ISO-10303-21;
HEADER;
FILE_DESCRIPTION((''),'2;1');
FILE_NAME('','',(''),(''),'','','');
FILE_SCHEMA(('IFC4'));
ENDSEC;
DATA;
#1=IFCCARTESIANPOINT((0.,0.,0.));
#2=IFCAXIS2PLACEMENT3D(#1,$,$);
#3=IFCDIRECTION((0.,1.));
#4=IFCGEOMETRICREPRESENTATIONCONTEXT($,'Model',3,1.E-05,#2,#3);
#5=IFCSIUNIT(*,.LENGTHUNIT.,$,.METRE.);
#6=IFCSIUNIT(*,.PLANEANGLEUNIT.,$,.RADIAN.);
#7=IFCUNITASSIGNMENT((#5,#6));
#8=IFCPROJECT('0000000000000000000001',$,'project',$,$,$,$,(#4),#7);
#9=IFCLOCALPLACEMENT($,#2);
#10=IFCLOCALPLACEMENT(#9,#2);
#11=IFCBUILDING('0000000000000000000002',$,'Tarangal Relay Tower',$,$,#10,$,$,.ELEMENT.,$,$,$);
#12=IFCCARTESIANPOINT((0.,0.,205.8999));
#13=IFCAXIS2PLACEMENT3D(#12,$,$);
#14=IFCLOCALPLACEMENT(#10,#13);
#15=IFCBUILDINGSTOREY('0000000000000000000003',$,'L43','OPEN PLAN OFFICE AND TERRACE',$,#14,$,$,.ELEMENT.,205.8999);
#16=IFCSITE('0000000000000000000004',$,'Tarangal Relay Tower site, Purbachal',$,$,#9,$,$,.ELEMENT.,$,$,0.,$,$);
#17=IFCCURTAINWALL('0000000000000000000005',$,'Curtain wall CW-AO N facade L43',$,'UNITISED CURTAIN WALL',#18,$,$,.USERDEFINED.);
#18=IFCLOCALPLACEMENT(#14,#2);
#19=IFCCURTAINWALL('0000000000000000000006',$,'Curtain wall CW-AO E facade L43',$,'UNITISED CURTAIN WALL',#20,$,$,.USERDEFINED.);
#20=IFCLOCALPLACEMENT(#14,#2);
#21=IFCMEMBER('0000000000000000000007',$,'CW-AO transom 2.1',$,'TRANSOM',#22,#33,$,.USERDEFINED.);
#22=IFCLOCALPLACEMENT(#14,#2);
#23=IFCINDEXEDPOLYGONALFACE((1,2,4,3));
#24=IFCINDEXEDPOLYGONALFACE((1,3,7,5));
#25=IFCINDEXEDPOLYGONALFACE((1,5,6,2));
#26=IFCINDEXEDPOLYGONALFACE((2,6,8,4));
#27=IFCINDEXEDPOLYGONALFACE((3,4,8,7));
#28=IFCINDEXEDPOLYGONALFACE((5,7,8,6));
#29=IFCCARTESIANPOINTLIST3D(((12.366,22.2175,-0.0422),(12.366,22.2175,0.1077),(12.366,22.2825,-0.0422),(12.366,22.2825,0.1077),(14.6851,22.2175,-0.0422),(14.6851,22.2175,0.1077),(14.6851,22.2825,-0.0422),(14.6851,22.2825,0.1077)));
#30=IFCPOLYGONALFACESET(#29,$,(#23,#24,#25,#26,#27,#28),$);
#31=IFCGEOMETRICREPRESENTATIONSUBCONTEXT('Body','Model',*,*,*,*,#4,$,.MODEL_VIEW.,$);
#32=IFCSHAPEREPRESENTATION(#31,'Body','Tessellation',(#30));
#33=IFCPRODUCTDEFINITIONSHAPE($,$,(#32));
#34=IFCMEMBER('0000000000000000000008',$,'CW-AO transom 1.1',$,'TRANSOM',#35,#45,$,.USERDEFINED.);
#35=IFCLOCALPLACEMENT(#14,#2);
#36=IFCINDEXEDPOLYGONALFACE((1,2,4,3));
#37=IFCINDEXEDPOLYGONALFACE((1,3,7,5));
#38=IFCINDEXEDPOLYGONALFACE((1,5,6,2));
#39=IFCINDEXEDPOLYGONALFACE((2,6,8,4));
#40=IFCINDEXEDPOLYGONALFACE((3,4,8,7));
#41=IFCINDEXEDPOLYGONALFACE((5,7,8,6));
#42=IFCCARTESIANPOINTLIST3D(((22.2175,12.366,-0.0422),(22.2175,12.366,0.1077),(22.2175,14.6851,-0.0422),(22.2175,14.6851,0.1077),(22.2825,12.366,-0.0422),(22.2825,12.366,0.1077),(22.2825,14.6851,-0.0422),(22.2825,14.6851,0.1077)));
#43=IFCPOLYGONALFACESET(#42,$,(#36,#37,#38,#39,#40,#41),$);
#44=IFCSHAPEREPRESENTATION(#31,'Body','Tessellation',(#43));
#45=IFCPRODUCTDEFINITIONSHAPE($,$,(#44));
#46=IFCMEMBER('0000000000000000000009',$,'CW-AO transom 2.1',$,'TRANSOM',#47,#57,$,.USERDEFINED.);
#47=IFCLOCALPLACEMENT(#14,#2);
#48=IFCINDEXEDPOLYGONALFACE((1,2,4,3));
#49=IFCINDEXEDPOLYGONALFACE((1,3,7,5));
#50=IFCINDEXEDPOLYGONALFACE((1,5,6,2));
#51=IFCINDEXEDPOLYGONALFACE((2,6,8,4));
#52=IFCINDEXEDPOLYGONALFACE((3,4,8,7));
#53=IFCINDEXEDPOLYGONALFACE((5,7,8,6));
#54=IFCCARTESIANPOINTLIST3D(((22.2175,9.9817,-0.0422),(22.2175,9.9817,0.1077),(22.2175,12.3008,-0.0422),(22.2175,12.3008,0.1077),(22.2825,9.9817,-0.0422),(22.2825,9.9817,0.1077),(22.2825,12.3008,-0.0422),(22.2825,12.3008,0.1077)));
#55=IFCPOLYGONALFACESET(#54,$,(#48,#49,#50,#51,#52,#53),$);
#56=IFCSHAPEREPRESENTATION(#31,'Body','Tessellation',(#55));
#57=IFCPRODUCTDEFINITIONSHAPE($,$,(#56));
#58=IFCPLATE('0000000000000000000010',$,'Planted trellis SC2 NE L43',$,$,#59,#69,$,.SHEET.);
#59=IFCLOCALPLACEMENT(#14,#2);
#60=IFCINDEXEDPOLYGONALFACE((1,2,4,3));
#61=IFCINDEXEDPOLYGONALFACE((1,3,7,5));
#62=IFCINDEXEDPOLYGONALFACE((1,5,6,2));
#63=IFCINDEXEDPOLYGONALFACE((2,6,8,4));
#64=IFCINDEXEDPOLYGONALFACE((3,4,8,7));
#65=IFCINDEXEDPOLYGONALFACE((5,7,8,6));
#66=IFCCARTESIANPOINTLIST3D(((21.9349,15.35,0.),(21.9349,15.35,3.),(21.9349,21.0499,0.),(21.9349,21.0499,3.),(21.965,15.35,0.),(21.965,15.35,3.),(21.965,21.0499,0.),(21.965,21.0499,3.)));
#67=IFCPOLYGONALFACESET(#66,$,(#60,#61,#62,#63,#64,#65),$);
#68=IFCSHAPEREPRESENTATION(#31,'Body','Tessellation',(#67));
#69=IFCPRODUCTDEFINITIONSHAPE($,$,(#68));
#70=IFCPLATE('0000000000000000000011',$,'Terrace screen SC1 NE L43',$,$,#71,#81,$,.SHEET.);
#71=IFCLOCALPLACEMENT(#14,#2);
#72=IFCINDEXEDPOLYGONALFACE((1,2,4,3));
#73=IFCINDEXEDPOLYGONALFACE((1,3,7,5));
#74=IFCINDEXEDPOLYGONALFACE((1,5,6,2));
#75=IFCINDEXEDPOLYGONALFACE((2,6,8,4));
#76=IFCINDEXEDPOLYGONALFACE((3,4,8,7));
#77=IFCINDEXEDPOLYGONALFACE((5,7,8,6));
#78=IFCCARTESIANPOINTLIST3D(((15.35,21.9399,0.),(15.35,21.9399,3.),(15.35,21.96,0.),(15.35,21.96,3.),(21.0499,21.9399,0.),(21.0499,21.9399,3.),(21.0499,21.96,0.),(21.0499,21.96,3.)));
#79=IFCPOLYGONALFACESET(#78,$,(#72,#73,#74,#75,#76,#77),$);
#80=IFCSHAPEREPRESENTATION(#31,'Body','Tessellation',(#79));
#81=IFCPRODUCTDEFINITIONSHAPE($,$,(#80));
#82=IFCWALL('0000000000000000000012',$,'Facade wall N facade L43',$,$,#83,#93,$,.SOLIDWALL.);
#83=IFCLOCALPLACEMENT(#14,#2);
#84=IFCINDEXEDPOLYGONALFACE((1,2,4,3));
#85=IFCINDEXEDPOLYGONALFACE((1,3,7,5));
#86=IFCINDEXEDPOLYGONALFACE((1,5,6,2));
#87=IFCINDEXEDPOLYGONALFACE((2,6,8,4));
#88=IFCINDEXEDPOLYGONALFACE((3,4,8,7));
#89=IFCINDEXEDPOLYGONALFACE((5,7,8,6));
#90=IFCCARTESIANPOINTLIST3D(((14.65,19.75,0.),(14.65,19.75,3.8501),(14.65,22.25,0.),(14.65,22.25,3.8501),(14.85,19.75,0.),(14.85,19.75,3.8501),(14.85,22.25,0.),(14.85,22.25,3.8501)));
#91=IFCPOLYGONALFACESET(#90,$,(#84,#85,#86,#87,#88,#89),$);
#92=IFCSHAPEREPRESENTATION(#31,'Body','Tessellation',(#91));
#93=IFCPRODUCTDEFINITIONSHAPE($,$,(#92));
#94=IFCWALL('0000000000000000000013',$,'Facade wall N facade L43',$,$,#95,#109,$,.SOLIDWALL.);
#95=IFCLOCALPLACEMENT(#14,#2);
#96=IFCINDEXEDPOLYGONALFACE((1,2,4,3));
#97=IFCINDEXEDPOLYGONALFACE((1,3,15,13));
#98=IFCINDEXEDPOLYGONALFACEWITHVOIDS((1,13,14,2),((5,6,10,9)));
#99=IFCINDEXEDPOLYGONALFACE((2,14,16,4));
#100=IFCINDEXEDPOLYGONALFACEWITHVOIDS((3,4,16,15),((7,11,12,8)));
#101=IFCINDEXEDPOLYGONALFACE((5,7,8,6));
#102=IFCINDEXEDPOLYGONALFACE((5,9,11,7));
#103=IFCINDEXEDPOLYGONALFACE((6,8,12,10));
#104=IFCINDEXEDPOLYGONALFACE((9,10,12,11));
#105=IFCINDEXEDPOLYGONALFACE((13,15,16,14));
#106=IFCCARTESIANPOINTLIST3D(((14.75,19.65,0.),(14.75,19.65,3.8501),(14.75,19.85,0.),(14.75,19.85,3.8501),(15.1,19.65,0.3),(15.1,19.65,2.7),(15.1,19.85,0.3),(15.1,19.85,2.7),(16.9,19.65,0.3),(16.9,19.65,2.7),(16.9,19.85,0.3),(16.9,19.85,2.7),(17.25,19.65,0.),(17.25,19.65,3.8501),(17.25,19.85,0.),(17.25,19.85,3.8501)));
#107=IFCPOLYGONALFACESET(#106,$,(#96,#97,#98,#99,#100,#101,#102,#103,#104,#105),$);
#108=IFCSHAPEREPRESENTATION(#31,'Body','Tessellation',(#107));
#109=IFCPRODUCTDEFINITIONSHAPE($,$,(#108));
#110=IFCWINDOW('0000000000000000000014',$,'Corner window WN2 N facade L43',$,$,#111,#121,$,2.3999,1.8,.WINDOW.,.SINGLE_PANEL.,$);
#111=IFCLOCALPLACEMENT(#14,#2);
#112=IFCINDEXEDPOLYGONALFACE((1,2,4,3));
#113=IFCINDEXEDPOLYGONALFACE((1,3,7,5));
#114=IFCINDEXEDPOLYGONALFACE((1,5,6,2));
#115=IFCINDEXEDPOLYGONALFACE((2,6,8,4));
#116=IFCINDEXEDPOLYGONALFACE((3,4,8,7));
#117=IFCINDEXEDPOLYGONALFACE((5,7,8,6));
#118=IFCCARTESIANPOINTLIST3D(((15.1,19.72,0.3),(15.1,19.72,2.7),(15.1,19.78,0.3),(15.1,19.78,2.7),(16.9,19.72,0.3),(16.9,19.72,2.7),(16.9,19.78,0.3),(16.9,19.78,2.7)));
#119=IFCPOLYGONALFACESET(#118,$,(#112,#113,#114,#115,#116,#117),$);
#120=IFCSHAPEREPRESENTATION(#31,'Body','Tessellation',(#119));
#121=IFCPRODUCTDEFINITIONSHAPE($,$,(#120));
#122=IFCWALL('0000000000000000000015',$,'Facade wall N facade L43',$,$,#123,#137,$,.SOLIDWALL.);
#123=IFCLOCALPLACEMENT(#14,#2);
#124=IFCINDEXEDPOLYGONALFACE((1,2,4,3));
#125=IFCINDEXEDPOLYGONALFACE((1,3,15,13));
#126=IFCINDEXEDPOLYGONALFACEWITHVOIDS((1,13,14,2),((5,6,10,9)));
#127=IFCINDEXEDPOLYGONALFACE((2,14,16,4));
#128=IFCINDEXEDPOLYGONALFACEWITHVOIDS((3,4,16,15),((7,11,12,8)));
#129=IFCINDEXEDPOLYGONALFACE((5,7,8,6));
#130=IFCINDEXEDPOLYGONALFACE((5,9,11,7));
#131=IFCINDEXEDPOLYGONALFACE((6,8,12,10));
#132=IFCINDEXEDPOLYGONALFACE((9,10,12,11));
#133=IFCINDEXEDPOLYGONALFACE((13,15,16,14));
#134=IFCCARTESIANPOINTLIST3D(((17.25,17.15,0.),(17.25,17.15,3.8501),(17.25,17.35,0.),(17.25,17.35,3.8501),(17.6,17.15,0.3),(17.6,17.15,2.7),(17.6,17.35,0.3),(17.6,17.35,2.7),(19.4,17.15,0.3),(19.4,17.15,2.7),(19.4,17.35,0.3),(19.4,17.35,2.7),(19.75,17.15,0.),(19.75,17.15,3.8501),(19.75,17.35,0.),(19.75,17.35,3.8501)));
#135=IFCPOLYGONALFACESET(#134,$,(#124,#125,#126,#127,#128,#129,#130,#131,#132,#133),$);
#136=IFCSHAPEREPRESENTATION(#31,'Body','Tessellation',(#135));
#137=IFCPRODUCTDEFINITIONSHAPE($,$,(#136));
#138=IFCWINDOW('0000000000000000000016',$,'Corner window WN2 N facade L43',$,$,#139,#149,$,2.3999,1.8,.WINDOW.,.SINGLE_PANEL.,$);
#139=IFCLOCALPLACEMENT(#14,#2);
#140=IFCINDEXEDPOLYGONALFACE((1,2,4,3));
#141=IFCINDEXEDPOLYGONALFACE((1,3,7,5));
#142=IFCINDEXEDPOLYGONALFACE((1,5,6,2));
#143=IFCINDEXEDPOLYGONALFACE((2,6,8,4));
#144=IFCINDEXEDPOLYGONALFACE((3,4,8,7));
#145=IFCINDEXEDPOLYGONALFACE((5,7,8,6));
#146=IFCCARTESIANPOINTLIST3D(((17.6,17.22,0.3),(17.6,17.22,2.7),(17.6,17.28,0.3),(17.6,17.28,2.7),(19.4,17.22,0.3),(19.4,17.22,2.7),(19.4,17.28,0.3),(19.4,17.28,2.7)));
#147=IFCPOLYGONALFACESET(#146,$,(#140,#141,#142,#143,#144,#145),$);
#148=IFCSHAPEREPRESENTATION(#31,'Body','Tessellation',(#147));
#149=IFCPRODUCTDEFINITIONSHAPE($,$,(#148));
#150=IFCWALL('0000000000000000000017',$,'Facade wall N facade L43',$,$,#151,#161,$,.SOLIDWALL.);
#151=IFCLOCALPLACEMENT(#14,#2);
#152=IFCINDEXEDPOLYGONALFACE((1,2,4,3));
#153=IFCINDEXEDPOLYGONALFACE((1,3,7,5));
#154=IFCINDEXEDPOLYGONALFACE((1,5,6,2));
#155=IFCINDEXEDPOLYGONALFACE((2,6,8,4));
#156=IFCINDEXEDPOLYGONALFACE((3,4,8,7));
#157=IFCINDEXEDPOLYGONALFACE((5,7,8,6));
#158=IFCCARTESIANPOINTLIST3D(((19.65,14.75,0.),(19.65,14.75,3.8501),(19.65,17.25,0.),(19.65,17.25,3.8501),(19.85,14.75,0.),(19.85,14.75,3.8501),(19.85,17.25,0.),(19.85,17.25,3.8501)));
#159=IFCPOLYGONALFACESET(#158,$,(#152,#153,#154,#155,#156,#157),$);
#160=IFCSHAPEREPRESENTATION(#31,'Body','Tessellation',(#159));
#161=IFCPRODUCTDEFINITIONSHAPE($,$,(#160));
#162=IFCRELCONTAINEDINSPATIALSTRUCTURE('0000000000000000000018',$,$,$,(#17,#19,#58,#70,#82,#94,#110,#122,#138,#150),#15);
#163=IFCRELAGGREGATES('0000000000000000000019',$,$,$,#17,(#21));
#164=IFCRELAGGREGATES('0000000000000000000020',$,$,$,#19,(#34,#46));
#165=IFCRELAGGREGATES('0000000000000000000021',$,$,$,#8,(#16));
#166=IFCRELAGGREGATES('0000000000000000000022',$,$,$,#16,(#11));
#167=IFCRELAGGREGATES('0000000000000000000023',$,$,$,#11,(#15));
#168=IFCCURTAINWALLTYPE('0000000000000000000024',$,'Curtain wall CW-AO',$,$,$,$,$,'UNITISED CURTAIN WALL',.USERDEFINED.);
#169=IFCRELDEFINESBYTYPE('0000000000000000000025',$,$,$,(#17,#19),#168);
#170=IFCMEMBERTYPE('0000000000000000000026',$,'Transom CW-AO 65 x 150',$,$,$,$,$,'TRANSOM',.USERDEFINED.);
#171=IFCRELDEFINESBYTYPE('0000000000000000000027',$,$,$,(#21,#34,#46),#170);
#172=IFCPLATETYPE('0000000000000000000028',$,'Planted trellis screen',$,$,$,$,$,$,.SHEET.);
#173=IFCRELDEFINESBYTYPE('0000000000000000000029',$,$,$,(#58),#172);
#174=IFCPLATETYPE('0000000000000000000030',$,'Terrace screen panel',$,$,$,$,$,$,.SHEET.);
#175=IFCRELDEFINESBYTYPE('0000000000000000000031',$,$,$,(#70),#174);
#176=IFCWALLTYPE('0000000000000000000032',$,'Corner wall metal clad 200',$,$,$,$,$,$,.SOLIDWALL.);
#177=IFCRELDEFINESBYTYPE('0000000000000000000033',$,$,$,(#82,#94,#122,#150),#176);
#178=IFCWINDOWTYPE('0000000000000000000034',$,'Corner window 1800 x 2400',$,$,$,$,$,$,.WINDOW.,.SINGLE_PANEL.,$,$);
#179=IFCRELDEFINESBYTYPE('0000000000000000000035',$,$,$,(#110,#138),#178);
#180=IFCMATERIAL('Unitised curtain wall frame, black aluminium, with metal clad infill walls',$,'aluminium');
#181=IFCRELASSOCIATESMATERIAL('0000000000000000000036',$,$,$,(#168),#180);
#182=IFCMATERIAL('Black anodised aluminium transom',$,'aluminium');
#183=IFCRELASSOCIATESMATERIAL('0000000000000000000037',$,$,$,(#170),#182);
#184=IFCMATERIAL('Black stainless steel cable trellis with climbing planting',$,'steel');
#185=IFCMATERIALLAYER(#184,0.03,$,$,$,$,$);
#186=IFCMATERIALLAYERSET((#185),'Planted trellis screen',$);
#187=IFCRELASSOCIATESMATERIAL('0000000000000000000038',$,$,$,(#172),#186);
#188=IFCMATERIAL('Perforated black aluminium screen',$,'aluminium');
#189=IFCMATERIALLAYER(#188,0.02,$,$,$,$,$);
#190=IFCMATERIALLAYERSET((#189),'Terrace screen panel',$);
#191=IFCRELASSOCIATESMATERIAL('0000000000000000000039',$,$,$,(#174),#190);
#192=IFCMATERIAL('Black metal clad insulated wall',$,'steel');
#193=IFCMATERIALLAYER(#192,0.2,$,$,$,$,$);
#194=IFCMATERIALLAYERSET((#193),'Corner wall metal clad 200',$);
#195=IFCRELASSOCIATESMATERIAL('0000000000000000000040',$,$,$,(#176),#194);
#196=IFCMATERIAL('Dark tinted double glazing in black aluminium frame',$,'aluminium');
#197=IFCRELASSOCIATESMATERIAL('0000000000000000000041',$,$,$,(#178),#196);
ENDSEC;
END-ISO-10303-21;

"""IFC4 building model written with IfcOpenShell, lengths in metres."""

from ifc_helpers import new_model, si_unit, direction, frame, frame_2d, origin, origin_2d, place, context, subcontext, project, spatial, rectangle, extrude, material, layer, layer_set, material_profile, profile_set, type_object, element, fill, aggregate, save


model = new_model("IFC4")

# Units and contexts
model_context = context("Model", 3, precision=1e-05, world=origin(), true_north=direction((0.0, 1.0)))
body_context = subcontext(model_context, "Body", "Model", "MODEL_VIEW")
ifc_project = project(units=[si_unit("LENGTHUNIT", "METRE"), si_unit("PLANEANGLEUNIT", "RADIAN")], contexts=[model_context])

# Site, building, storey
site_placement = place(None, origin())
site = spatial("IfcSite", under=ifc_project, at=site_placement, Name="Tarangal Relay Tower site, Purbachal", CompositionType="ELEMENT", RefElevation=0.0)
building_placement = place(site_placement, origin())
building = spatial("IfcBuilding", under=site, at=building_placement, Name="Tarangal Relay Tower", CompositionType="ELEMENT")
storey_placement = place(building_placement, frame((0.0, 0.0, 205.8999)))
storey = spatial("IfcBuildingStorey", under=building, at=storey_placement, Name="L43", Description="OPEN PLAN OFFICE AND TERRACE", CompositionType="ELEMENT", Elevation=205.8999)

# Curtain walls
ifc_material_1 = material(Name="Unitised curtain wall frame, black aluminium, with metal clad infill walls", Category="aluminium")
curtain_wall_type = type_object("IfcCurtainWallType", Name="Curtain wall CW-AO", ElementType="UNITISED CURTAIN WALL", PredefinedType="USERDEFINED", material=ifc_material_1)
curtain_wall_1_placement = place(storey_placement, origin())
curtain_wall_1 = element("IfcCurtainWall", 1, at=curtain_wall_1_placement, inside=storey, type_object=curtain_wall_type, Name="Curtain wall CW-AO N facade L43", ObjectType="UNITISED CURTAIN WALL", PredefinedType="USERDEFINED")
curtain_wall_2_placement = place(storey_placement, origin())
curtain_wall_2 = element("IfcCurtainWall", 2, at=curtain_wall_2_placement, inside=storey, type_object=curtain_wall_type, Name="Curtain wall CW-AO E facade L43", ObjectType="UNITISED CURTAIN WALL", PredefinedType="USERDEFINED")

# Members
ifc_material_2 = material(Name="Black anodised aluminium transom", Category="aluminium")
ifc_material_profile_1 = material_profile(ifc_material_2, rectangle(XDim=0.0649, YDim=0.1499, at=origin_2d()), Name="CW-AOT 65X150")
ifc_profile_set_1 = profile_set([ifc_material_profile_1], Name="Black anodised aluminium transom")
member_type_1 = type_object("IfcMemberType", Name="Transom CW-AO 65 x 150", ElementType="TRANSOM", PredefinedType="USERDEFINED", material=ifc_profile_set_1)
member_1_placement = place(storey_placement, frame((12.366, 22.25, 0.0327), z_axis=(1.0, 0.0, 0.0), x_axis=(0.0, 1.0, 0.0)))
member_1 = element("IfcMember", 3, at=member_1_placement, type_object=member_type_1, Name="CW-AO transom 2.1", ObjectType="TRANSOM", PredefinedType="USERDEFINED", context=body_context, shape_type="SweptSolid", body=[
    extrude(rectangle(XDim=0.0649, YDim=0.1499, at=origin_2d()), origin(), (0.0, 0.0, 1.0), 2.3191),
])
aggregate(curtain_wall_1, [member_1])
member_2_placement = place(storey_placement, frame((22.25, 14.6851, 0.0327), z_axis=(0.0, -1.0, 0.0), x_axis=(1.0, 0.0, 0.0)))
member_2 = element("IfcMember", 4, at=member_2_placement, type_object=member_type_1, Name="CW-AO transom 1.1", ObjectType="TRANSOM", PredefinedType="USERDEFINED", context=body_context, shape_type="SweptSolid", body=[
    extrude(rectangle(XDim=0.0649, YDim=0.1499, at=origin_2d()), origin(), (0.0, 0.0, 1.0), 2.3191),
])
member_3_placement = place(storey_placement, frame((22.25, 12.3008, 0.0327), z_axis=(0.0, -1.0, 0.0), x_axis=(1.0, 0.0, 0.0)))
member_3 = element("IfcMember", 5, at=member_3_placement, type_object=member_type_1, Name="CW-AO transom 2.1", ObjectType="TRANSOM", PredefinedType="USERDEFINED", context=body_context, shape_type="SweptSolid", body=[
    extrude(rectangle(XDim=0.0649, YDim=0.1499, at=origin_2d()), origin(), (0.0, 0.0, 1.0), 2.3191),
])
aggregate(curtain_wall_2, [member_2, member_3])

# Plates
ifc_material_3 = material(Name="Black stainless steel cable trellis with climbing planting", Category="steel")
ifc_layer_1 = layer(ifc_material_3, 0.03)
ifc_layer_set_1 = layer_set([ifc_layer_1], Name="Planted trellis screen")
plate_type_1 = type_object("IfcPlateType", Name="Planted trellis screen", PredefinedType="SHEET", material=ifc_layer_set_1)
plate_1_placement = place(storey_placement, frame((21.95, 18.2, 0.0), z_axis=(0.0, 0.0, 1.0), x_axis=(0.0, -1.0, 0.0)))
element("IfcPlate", 6, at=plate_1_placement, inside=storey, type_object=plate_type_1, Name="Planted trellis SC2 NE L43", PredefinedType="SHEET", context=body_context, shape_type="SweptSolid", body=[
    extrude(rectangle(XDim=5.7, YDim=0.03, at=origin_2d()), origin(), (0.0, 0.0, 1.0), 3.0),
])
ifc_material_4 = material(Name="Perforated black aluminium screen", Category="aluminium")
ifc_layer_2 = layer(ifc_material_4, 0.02)
ifc_layer_set_2 = layer_set([ifc_layer_2], Name="Terrace screen panel")
plate_type_2 = type_object("IfcPlateType", Name="Terrace screen panel", PredefinedType="SHEET", material=ifc_layer_set_2)
plate_2_placement = place(storey_placement, frame((18.2, 21.95, 0.0), z_axis=(0.0, 0.0, 1.0), x_axis=(1.0, 0.0, 0.0)))
element("IfcPlate", 7, at=plate_2_placement, inside=storey, type_object=plate_type_2, Name="Terrace screen SC1 NE L43", PredefinedType="SHEET", context=body_context, shape_type="SweptSolid", body=[
    extrude(rectangle(XDim=5.7, YDim=0.02, at=origin_2d()), origin(), (0.0, 0.0, 1.0), 3.0),
])

# Wall
ifc_material_5 = material(Name="Black metal clad insulated wall", Category="steel")
ifc_layer_3 = layer(ifc_material_5, 0.2)
ifc_layer_set_3 = layer_set([ifc_layer_3], Name="Corner wall metal clad 200")
wall_type_1 = type_object("IfcWallType", Name="Corner wall metal clad 200", PredefinedType="SOLIDWALL", material=ifc_layer_set_3)
wall_1_placement = place(storey_placement, frame((14.75, 22.25, 0.0), z_axis=(0.0, 0.0, 1.0), x_axis=(0.0, -1.0, 0.0)))
element("IfcWall", 8, at=wall_1_placement, inside=storey, type_object=wall_type_1, Name="Facade wall N facade L43", PredefinedType="SOLIDWALL", context=body_context, shape_type="SweptSolid", body=[
    extrude(rectangle(XDim=2.5, YDim=0.2, at=frame_2d((1.25, 0.0))), origin(), (0.0, 0.0, 1.0), 3.8501),
])

# Wall, opening, window
wall_2_placement = place(storey_placement, frame((14.75, 19.75, 0.0), z_axis=(0.0, 0.0, 1.0), x_axis=(1.0, 0.0, 0.0)))
wall_2 = element("IfcWall", 9, at=wall_2_placement, inside=storey, type_object=wall_type_1, Name="Facade wall N facade L43", PredefinedType="SOLIDWALL", context=body_context, shape_type="SweptSolid", body=[
    extrude(rectangle(XDim=2.5, YDim=0.2, at=frame_2d((1.25, 0.0))), origin(), (0.0, 0.0, 1.0), 3.8501),
])
opening_1_placement = place(wall_2_placement, frame((0.3501, 0.0, 0.3)))
opening_1 = element("IfcOpeningElement", 10, at=opening_1_placement, cuts=wall_2, PredefinedType="OPENING", context=body_context, shape_type="SweptSolid", body=[
    extrude(rectangle(XDim=1.8, YDim=2.3999, at=frame_2d((0.8999, 1.2))), frame((0.0, 0.1099, 0.0), z_axis=(0.0, -1.0, 0.0), x_axis=(1.0, 0.0, 0.0)), (0.0, 0.0, 1.0), 0.22),
])
ifc_material_6 = material(Name="Dark tinted double glazing in black aluminium frame", Category="aluminium")
window_type = type_object("IfcWindowType", Name="Corner window 1800 x 2400", PartitioningType="SINGLE_PANEL", PredefinedType="WINDOW", material=ifc_material_6)
window_1_placement = place(opening_1_placement, origin())
window_1 = element("IfcWindow", 11, at=window_1_placement, inside=storey, type_object=window_type, Name="Corner window WN2 N facade L43", OverallHeight=2.3999, OverallWidth=1.8, PartitioningType="SINGLE_PANEL", PredefinedType="WINDOW", context=body_context, shape_type="SweptSolid", body=[
    extrude(rectangle(XDim=1.8, YDim=2.3999, at=frame_2d((0.8999, 1.2))), frame((0.0, 0.03, 0.0), z_axis=(0.0, -1.0, 0.0), x_axis=(1.0, 0.0, 0.0)), (0.0, 0.0, 1.0), 0.0601),
])
fill(opening_1, window_1)

# Wall, opening, window
wall_3_placement = place(storey_placement, frame((17.25, 17.25, 0.0), z_axis=(0.0, 0.0, 1.0), x_axis=(1.0, 0.0, 0.0)))
wall_3 = element("IfcWall", 12, at=wall_3_placement, inside=storey, type_object=wall_type_1, Name="Facade wall N facade L43", PredefinedType="SOLIDWALL", context=body_context, shape_type="SweptSolid", body=[
    extrude(rectangle(XDim=2.5, YDim=0.2, at=frame_2d((1.25, 0.0))), origin(), (0.0, 0.0, 1.0), 3.8501),
])
opening_2_placement = place(wall_3_placement, frame((0.3501, 0.0, 0.3)))
opening_2 = element("IfcOpeningElement", 13, at=opening_2_placement, cuts=wall_3, PredefinedType="OPENING", context=body_context, shape_type="SweptSolid", body=[
    extrude(rectangle(XDim=1.8, YDim=2.3999, at=frame_2d((0.8999, 1.2))), frame((0.0, 0.1099, 0.0), z_axis=(0.0, -1.0, 0.0), x_axis=(1.0, 0.0, 0.0)), (0.0, 0.0, 1.0), 0.22),
])
window_2_placement = place(opening_2_placement, origin())
window_2 = element("IfcWindow", 14, at=window_2_placement, inside=storey, type_object=window_type, Name="Corner window WN2 N facade L43", OverallHeight=2.3999, OverallWidth=1.8, PartitioningType="SINGLE_PANEL", PredefinedType="WINDOW", context=body_context, shape_type="SweptSolid", body=[
    extrude(rectangle(XDim=1.8, YDim=2.3999, at=frame_2d((0.8999, 1.2))), frame((0.0, 0.03, 0.0), z_axis=(0.0, -1.0, 0.0), x_axis=(1.0, 0.0, 0.0)), (0.0, 0.0, 1.0), 0.0601),
])
fill(opening_2, window_2)

# Wall
wall_4_placement = place(storey_placement, frame((19.75, 17.25, 0.0), z_axis=(0.0, 0.0, 1.0), x_axis=(0.0, -1.0, 0.0)))
element("IfcWall", 15, at=wall_4_placement, inside=storey, type_object=wall_type_1, Name="Facade wall N facade L43", PredefinedType="SOLIDWALL", context=body_context, shape_type="SweptSolid", body=[
    extrude(rectangle(XDim=2.5, YDim=0.2, at=frame_2d((1.25, 0.0))), origin(), (0.0, 0.0, 1.0), 3.8501),
])

save(model, "model.ifc")
